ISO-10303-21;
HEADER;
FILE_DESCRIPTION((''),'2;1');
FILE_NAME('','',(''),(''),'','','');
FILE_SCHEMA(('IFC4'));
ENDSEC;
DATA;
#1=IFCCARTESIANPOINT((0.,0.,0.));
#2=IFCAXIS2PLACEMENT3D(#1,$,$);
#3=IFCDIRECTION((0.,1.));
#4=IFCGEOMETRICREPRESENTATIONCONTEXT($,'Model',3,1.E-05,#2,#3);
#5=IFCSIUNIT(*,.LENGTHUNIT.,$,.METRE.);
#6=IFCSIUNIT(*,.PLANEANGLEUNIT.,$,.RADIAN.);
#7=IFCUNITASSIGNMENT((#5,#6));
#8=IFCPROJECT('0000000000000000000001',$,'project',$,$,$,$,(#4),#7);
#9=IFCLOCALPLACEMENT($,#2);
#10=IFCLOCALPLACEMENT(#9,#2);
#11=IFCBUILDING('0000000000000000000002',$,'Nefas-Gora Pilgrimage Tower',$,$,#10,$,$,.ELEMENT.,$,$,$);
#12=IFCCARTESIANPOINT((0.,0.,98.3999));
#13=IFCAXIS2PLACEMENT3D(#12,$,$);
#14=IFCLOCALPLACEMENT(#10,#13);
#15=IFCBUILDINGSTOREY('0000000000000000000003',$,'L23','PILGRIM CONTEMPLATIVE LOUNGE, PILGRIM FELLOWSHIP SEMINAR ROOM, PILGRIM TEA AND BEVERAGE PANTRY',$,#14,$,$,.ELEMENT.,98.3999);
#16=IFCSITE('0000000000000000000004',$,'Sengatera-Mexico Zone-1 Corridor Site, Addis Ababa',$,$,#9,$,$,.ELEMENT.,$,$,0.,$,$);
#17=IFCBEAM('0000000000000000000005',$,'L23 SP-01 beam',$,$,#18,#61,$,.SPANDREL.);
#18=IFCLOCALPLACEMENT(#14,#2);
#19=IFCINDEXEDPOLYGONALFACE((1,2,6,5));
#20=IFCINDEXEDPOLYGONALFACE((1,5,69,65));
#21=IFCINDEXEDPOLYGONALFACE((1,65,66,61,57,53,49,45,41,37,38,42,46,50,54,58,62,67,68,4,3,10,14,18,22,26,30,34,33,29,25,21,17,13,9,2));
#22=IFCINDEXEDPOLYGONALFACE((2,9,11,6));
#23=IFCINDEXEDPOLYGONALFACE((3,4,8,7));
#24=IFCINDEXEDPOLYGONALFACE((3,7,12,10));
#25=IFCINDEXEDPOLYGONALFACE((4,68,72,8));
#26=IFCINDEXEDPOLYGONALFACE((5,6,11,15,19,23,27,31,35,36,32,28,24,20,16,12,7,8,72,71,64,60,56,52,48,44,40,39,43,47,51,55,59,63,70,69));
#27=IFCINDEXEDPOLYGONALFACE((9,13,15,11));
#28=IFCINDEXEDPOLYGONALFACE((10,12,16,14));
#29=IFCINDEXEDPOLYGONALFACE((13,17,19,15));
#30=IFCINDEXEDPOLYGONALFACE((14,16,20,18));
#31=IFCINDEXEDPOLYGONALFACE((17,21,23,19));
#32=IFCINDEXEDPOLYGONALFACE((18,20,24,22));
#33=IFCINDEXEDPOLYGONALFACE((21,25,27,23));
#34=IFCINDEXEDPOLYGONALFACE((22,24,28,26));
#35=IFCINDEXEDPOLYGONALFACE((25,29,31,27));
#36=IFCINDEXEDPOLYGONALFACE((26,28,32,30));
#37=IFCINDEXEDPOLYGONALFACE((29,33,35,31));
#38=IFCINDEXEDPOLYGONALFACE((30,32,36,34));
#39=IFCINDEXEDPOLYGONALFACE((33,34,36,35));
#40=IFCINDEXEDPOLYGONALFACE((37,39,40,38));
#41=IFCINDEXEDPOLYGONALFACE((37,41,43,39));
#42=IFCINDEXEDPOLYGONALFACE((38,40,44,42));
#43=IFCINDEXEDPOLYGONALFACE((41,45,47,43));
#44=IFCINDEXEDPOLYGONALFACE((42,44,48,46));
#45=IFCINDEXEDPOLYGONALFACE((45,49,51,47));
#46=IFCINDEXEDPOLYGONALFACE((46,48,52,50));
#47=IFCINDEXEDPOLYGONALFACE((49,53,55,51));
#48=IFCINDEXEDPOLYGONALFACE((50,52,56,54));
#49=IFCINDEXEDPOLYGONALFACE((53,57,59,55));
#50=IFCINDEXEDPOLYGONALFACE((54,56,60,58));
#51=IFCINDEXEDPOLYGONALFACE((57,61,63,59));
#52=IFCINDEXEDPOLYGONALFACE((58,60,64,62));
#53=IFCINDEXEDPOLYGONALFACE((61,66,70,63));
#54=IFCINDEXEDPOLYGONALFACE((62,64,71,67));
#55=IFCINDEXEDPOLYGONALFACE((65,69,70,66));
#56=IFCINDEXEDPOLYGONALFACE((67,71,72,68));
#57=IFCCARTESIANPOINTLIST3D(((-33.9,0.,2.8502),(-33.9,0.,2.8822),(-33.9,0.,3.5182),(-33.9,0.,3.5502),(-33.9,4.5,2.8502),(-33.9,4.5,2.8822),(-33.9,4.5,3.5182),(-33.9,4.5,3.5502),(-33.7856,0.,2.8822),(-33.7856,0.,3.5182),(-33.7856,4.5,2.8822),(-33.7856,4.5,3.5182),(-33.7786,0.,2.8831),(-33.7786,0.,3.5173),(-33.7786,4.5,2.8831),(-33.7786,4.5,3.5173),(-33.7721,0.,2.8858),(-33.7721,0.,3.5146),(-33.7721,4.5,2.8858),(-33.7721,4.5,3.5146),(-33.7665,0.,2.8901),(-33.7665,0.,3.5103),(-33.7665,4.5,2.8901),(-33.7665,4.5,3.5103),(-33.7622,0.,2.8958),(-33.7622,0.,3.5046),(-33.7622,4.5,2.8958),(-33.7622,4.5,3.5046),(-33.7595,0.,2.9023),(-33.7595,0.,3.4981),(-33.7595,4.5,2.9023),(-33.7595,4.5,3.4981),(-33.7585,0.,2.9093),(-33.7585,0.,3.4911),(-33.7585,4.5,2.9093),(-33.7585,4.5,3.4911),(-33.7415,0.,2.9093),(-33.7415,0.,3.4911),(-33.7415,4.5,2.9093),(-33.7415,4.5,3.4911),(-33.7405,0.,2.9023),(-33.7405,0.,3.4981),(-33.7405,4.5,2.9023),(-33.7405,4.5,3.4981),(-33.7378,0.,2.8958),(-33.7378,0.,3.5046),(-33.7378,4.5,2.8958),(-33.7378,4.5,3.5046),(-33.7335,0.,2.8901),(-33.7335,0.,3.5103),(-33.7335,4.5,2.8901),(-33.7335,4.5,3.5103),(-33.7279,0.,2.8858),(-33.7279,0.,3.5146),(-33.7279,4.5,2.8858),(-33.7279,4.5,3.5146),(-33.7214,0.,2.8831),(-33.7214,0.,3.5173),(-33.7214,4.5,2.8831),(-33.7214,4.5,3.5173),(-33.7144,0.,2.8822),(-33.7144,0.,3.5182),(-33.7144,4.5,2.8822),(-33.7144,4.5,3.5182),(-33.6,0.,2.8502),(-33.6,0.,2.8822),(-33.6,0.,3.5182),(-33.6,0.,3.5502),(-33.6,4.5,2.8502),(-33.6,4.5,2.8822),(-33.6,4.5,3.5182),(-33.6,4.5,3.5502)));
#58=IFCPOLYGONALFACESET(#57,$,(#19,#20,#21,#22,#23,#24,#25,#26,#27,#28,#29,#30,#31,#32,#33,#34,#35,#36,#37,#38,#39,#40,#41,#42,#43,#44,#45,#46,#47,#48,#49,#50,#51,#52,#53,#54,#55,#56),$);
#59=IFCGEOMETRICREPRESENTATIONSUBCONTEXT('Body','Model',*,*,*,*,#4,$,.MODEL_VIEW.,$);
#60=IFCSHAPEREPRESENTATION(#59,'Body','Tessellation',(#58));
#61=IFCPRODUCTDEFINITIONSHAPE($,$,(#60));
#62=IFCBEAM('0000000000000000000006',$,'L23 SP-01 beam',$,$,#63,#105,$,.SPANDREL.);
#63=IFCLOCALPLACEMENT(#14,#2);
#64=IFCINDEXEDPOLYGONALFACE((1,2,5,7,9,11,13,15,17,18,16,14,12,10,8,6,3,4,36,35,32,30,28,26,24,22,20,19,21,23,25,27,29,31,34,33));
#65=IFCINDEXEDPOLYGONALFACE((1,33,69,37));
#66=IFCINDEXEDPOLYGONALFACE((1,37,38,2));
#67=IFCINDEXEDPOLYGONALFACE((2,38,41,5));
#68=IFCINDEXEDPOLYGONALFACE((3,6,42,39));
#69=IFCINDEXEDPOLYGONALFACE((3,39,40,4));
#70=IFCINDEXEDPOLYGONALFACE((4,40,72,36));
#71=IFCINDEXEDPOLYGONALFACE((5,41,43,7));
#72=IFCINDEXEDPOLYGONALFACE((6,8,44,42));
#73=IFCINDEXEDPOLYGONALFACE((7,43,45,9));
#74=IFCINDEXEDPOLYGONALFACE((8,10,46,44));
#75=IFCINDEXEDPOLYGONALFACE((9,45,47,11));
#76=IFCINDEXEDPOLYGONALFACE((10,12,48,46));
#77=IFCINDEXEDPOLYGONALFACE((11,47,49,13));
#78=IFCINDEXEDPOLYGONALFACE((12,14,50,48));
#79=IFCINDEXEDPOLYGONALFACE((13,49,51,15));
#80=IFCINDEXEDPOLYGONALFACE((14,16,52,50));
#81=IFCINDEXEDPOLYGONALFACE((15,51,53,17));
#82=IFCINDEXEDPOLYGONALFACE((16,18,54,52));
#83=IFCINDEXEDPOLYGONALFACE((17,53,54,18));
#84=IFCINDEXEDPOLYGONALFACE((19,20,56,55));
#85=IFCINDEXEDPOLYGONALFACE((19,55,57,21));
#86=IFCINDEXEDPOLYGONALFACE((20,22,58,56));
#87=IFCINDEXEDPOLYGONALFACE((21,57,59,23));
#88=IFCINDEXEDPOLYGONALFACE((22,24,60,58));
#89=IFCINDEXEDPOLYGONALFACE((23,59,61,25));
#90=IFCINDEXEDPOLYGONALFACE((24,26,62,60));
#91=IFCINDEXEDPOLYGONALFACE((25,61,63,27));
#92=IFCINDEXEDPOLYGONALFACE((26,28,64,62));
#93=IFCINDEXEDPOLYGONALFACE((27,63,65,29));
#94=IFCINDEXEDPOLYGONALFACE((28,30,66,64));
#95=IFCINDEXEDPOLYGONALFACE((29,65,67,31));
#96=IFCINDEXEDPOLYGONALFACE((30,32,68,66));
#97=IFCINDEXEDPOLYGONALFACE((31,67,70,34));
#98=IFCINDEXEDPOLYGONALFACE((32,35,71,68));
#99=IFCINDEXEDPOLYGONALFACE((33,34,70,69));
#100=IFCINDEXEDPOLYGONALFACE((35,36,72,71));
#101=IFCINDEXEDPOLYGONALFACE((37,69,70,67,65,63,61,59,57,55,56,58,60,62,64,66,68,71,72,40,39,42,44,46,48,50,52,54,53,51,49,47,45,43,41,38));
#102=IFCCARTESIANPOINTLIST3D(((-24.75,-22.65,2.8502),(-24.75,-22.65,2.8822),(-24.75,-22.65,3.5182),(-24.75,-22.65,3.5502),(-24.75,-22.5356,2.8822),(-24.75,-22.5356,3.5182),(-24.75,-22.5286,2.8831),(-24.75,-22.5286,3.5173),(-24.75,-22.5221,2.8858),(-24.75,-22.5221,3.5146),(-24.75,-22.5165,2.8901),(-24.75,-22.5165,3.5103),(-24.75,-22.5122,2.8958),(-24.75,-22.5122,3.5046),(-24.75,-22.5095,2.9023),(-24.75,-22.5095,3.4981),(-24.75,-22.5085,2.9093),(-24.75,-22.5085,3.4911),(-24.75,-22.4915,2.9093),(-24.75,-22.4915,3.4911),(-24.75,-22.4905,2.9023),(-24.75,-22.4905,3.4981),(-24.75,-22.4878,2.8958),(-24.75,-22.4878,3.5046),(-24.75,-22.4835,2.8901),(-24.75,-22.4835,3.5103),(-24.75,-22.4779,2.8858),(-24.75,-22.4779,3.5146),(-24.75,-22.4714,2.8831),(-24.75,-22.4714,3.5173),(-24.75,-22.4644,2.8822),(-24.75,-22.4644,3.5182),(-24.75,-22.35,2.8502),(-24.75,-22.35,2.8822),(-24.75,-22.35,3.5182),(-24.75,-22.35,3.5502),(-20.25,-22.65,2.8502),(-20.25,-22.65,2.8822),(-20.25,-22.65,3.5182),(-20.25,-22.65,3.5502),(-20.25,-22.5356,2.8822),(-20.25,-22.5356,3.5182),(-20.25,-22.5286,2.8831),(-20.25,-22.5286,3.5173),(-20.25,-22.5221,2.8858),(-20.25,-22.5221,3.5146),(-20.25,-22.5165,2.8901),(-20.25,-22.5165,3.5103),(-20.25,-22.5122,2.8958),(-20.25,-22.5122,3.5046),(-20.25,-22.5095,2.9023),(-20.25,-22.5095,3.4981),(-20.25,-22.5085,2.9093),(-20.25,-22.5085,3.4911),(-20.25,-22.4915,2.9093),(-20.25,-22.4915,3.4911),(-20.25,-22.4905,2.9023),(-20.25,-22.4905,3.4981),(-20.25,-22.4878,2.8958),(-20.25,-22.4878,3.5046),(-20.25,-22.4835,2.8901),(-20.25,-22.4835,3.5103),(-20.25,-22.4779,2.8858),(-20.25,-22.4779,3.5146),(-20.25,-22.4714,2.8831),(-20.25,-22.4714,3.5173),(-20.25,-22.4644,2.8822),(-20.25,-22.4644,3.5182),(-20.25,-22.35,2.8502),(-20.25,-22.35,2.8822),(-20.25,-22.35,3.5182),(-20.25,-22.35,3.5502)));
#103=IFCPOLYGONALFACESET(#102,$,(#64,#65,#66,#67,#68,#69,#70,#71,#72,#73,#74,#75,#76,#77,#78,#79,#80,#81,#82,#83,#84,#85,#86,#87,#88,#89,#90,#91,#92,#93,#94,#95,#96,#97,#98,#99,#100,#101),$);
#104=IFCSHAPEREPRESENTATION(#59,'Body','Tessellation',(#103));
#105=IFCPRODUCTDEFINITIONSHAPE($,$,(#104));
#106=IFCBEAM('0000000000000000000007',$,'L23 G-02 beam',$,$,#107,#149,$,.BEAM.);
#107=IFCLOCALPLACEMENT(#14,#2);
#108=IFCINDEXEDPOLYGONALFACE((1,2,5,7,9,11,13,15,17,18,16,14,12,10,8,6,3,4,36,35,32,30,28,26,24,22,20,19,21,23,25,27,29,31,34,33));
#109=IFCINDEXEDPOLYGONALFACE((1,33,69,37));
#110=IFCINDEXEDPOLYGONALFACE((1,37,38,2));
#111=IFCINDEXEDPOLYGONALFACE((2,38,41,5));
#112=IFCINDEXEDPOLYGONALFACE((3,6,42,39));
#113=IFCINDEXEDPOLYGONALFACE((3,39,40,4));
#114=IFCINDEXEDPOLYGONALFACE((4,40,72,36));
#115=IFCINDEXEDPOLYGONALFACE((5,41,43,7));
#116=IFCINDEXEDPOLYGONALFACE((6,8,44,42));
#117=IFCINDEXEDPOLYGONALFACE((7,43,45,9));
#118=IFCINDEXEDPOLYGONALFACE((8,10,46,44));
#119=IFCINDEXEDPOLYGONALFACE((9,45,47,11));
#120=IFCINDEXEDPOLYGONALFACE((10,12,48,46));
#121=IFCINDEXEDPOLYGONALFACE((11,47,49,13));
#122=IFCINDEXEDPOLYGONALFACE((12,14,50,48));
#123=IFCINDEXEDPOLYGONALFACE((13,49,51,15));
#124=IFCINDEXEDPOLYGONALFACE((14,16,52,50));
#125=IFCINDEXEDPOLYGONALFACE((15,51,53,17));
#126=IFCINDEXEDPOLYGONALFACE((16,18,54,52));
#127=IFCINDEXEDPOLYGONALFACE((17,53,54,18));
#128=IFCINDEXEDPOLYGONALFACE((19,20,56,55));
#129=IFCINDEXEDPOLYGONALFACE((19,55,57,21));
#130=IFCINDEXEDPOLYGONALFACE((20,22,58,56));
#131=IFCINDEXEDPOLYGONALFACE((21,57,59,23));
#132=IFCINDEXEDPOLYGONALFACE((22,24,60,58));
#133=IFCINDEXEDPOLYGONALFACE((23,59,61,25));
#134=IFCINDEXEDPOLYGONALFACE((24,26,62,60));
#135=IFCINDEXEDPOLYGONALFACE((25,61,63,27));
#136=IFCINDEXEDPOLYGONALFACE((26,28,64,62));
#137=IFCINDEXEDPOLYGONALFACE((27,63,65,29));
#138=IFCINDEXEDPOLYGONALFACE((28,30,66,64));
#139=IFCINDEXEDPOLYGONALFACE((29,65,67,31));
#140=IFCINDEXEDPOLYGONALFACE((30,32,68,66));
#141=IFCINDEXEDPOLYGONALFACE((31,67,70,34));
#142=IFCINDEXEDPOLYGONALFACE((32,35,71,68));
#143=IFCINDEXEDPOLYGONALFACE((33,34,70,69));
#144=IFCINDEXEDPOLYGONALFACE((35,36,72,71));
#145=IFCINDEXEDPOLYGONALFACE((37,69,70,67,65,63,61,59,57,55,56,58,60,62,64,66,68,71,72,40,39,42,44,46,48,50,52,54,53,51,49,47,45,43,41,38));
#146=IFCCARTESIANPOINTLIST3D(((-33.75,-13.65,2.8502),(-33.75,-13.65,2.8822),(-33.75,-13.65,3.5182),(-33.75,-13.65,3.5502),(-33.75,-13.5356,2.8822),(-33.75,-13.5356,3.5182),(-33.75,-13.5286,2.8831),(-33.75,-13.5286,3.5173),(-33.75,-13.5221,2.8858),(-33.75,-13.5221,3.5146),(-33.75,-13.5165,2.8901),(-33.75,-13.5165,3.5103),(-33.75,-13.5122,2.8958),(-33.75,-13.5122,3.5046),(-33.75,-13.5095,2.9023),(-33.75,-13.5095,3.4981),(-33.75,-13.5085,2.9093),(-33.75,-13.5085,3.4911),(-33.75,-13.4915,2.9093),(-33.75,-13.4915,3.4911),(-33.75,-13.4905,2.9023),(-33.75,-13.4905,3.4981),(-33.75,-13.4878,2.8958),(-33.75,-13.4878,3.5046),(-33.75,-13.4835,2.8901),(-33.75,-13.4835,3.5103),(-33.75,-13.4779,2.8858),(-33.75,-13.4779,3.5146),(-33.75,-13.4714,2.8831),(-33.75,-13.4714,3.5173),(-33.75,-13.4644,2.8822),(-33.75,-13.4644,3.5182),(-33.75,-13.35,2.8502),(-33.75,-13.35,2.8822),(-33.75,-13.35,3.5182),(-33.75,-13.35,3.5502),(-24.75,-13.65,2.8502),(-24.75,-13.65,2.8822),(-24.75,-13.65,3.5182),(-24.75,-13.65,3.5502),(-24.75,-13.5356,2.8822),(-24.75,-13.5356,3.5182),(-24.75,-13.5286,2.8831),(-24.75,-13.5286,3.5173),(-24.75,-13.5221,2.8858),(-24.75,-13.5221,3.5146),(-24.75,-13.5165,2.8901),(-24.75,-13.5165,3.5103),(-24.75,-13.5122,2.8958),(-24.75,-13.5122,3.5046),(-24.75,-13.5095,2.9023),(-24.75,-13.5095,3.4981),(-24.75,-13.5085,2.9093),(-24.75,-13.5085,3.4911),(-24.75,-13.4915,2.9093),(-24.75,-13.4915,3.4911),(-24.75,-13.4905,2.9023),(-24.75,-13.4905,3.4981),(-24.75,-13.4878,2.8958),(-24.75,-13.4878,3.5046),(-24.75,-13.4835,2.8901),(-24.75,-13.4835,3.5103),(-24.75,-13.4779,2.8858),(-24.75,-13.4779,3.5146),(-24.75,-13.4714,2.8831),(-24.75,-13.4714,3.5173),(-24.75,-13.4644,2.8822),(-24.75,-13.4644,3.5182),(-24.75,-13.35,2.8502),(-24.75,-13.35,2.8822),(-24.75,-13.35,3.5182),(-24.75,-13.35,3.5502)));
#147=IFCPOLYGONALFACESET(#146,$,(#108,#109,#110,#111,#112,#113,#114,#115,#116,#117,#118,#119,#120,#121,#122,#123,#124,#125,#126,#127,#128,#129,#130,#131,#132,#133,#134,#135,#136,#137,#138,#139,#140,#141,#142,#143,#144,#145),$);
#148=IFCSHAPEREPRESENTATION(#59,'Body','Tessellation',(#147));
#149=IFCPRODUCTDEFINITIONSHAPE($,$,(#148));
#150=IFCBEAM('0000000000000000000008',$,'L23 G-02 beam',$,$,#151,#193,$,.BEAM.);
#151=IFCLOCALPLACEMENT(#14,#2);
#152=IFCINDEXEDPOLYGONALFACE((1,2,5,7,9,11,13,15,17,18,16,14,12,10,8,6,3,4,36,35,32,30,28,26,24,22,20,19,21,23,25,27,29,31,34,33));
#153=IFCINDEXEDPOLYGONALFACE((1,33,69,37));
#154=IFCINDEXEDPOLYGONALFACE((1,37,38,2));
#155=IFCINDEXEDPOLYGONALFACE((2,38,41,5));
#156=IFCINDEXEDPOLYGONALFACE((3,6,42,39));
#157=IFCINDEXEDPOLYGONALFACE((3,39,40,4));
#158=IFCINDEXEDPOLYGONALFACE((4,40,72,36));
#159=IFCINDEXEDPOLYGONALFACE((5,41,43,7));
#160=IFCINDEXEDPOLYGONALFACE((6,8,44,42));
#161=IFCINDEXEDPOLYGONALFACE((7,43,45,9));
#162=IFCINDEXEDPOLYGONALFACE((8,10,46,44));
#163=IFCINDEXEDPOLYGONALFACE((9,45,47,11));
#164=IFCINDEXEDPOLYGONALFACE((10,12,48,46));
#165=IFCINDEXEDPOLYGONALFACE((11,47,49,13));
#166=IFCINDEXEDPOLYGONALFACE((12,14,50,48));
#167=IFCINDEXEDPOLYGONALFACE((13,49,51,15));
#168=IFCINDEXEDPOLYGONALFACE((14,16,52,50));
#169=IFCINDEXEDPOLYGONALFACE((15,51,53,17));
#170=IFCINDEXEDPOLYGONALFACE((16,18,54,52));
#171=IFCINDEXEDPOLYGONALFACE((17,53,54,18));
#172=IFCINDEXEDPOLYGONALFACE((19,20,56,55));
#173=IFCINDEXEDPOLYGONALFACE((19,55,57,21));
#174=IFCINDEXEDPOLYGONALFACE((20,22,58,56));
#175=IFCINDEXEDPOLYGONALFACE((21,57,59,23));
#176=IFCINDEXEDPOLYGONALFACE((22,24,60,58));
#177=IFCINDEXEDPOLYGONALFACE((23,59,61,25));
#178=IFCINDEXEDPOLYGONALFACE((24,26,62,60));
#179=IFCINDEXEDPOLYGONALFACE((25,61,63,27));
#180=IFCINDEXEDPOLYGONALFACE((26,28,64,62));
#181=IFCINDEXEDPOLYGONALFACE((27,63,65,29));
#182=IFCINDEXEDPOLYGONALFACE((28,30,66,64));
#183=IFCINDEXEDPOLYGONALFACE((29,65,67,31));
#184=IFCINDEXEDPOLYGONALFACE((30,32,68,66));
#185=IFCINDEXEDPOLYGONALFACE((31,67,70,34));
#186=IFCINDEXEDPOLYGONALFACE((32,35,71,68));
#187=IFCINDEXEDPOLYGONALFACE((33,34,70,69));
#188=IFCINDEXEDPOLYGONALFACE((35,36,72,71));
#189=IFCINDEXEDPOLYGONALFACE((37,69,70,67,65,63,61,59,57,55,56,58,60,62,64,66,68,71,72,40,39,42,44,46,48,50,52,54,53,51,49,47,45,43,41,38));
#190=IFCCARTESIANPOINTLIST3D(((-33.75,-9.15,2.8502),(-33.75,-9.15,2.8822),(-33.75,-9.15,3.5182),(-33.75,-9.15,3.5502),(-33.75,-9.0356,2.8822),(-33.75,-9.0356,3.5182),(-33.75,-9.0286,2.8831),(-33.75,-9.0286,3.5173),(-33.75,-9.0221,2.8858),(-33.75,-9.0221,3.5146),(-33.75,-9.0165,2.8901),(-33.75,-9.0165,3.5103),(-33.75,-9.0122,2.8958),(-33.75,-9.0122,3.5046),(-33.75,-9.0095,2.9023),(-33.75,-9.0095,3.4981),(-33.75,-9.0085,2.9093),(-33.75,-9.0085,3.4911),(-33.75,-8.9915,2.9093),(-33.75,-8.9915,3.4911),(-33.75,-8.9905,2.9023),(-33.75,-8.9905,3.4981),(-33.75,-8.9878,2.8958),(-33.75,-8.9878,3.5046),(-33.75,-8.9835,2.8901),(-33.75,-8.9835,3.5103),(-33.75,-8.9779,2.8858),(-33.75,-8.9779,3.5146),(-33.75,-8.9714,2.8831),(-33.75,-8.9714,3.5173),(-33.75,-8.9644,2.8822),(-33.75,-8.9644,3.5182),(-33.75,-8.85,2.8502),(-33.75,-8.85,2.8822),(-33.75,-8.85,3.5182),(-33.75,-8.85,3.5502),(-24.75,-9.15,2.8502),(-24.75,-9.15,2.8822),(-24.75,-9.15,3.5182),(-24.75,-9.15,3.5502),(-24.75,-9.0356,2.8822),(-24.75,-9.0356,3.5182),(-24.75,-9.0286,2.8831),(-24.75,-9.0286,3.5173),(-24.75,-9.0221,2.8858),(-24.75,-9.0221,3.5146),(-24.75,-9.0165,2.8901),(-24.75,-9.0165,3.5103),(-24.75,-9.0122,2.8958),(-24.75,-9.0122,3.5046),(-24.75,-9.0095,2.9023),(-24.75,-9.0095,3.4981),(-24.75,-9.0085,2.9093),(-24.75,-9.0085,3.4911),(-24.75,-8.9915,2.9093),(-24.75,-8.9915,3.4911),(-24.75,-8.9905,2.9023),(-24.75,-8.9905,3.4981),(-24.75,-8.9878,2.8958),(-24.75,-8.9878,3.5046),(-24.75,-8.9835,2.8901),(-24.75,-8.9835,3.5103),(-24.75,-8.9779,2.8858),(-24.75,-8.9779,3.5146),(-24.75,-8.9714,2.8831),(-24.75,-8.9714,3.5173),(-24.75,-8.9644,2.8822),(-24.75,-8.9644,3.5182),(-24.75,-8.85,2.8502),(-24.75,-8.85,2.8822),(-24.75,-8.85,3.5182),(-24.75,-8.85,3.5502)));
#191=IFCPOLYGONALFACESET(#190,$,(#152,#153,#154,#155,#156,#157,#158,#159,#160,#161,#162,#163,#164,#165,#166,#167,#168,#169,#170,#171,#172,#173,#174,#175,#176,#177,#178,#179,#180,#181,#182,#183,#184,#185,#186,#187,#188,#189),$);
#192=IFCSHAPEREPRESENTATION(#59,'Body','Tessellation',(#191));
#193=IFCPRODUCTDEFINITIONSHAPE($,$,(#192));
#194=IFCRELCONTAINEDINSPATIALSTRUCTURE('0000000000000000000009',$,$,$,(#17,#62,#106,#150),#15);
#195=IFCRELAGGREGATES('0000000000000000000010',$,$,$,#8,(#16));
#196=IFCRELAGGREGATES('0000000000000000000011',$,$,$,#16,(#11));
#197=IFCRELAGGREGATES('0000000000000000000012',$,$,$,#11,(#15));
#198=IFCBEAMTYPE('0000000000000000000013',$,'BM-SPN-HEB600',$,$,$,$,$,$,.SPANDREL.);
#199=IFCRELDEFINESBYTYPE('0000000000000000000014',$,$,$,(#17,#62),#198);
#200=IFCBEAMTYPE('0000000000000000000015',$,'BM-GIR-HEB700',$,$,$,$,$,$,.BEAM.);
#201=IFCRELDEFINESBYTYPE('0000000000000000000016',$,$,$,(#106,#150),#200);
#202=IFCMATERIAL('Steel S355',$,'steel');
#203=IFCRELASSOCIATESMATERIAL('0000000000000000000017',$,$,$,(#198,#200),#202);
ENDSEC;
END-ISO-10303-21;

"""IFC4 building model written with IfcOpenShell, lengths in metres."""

from ifc_helpers import new_model, si_unit, direction, frame, origin, origin_2d, place, context, subcontext, project, spatial, i_section, extrude, source, transform, mapped, material, material_profile, profile_set, type_object, element, save


model = new_model("IFC4")

# Units and contexts
model_context = context("Model", 3, precision=1e-05, world=origin(), true_north=direction((0.0, 1.0)))
body_context = subcontext(model_context, "Body", "Model", "MODEL_VIEW")
ifc_project = project(units=[si_unit("LENGTHUNIT", "METRE"), si_unit("PLANEANGLEUNIT", "RADIAN")], contexts=[model_context])

# Site, building, storey
site_placement = place(None, origin())
site = spatial("IfcSite", under=ifc_project, at=site_placement, Name="Sengatera-Mexico Zone-1 Corridor Site, Addis Ababa", CompositionType="ELEMENT", RefElevation=0.0)
building_placement = place(site_placement, origin())
building = spatial("IfcBuilding", under=site, at=building_placement, Name="Nefas-Gora Pilgrimage Tower", CompositionType="ELEMENT")
storey_placement = place(building_placement, frame((0.0, 0.0, 98.3999)))
storey = spatial("IfcBuildingStorey", under=building, at=storey_placement, Name="L23", Description="PILGRIM CONTEMPLATIVE LOUNGE, PILGRIM FELLOWSHIP SEMINAR ROOM, PILGRIM TEA AND BEVERAGE PANTRY", CompositionType="ELEMENT", Elevation=98.3999)

# Beams
ifc_material_1 = material(Name="Steel S355", Category="steel")
ifc_material_profile_1 = material_profile(ifc_material_1, i_section(OverallWidth=0.3, OverallDepth=0.7, WebThickness=0.0171, FlangeThickness=0.032, FilletRadius=0.0271, at=origin_2d()), Name="HEB 700")
ifc_profile_set_1 = profile_set([ifc_material_profile_1], Name="Steel S355")
beam_type_1 = type_object("IfcBeamType", Name="BM-SPN-HEB600", PredefinedType="SPANDREL", material=ifc_profile_set_1)
shared_shape_1 = source(origin(), body_context, "Body", "SweptSolid", [
    extrude(i_section(OverallWidth=0.3, OverallDepth=0.7, WebThickness=0.0171, FlangeThickness=0.032, FilletRadius=0.0271, at=origin_2d()), origin(), (0.0, 0.0, 1.0), 4.5),
])
for number, where, z_axis, x_axis, name in (
    (1, (-33.75, 0.0, 3.2002), (0.0, 1.0, 0.0), (-1.0, 0.0, 0.0), "L23 SP-01 beam"),
    (2, (-24.75, -22.5, 3.2002), (1.0, 0.0, 0.0), (0.0, 1.0, 0.0), "L23 SP-01 beam"),
):
    element("IfcBeam", number, at=place(storey_placement, frame(where, z_axis=z_axis, x_axis=x_axis)), inside=storey, type_object=beam_type_1, Name=name, PredefinedType="SPANDREL", context=body_context, shape_type="MappedRepresentation", body=[
        mapped(shared_shape_1, transform((0.0, 0.0, 0.0), x_axis=(1.0, 0.0, 0.0), y_axis=(0.0, 1.0, 0.0), z_axis=(0.0, 0.0, 1.0), scale=1.0)),
    ])
ifc_material_profile_2 = material_profile(ifc_material_1, i_section(OverallWidth=0.3, OverallDepth=0.7, WebThickness=0.0171, FlangeThickness=0.032, FilletRadius=0.0271, at=origin_2d()), Name="HEB 700")
ifc_profile_set_2 = profile_set([ifc_material_profile_2], Name="Steel S355")
beam_type_2 = type_object("IfcBeamType", Name="BM-GIR-HEB700", PredefinedType="BEAM", material=ifc_profile_set_2)
shared_shape_2 = source(origin(), body_context, "Body", "SweptSolid", [
    extrude(i_section(OverallWidth=0.3, OverallDepth=0.7, WebThickness=0.0171, FlangeThickness=0.032, FilletRadius=0.0271, at=origin_2d()), origin(), (0.0, 0.0, 1.0), 9.0),
])
for number, where, z_axis, x_axis, name in (
    (3, (-33.75, -13.5, 3.2002), (1.0, 0.0, 0.0), (0.0, 1.0, 0.0), "L23 G-02 beam"),
    (4, (-33.75, -9.0, 3.2002), (1.0, 0.0, 0.0), (0.0, 1.0, 0.0), "L23 G-02 beam"),
):
    element("IfcBeam", number, at=place(storey_placement, frame(where, z_axis=z_axis, x_axis=x_axis)), inside=storey, type_object=beam_type_2, Name=name, PredefinedType="BEAM", context=body_context, shape_type="MappedRepresentation", body=[
        mapped(shared_shape_2, transform((0.0, 0.0, 0.0), x_axis=(1.0, 0.0, 0.0), y_axis=(0.0, 1.0, 0.0), z_axis=(0.0, 0.0, 1.0), scale=1.0)),
    ])

save(model, "model.ifc")
